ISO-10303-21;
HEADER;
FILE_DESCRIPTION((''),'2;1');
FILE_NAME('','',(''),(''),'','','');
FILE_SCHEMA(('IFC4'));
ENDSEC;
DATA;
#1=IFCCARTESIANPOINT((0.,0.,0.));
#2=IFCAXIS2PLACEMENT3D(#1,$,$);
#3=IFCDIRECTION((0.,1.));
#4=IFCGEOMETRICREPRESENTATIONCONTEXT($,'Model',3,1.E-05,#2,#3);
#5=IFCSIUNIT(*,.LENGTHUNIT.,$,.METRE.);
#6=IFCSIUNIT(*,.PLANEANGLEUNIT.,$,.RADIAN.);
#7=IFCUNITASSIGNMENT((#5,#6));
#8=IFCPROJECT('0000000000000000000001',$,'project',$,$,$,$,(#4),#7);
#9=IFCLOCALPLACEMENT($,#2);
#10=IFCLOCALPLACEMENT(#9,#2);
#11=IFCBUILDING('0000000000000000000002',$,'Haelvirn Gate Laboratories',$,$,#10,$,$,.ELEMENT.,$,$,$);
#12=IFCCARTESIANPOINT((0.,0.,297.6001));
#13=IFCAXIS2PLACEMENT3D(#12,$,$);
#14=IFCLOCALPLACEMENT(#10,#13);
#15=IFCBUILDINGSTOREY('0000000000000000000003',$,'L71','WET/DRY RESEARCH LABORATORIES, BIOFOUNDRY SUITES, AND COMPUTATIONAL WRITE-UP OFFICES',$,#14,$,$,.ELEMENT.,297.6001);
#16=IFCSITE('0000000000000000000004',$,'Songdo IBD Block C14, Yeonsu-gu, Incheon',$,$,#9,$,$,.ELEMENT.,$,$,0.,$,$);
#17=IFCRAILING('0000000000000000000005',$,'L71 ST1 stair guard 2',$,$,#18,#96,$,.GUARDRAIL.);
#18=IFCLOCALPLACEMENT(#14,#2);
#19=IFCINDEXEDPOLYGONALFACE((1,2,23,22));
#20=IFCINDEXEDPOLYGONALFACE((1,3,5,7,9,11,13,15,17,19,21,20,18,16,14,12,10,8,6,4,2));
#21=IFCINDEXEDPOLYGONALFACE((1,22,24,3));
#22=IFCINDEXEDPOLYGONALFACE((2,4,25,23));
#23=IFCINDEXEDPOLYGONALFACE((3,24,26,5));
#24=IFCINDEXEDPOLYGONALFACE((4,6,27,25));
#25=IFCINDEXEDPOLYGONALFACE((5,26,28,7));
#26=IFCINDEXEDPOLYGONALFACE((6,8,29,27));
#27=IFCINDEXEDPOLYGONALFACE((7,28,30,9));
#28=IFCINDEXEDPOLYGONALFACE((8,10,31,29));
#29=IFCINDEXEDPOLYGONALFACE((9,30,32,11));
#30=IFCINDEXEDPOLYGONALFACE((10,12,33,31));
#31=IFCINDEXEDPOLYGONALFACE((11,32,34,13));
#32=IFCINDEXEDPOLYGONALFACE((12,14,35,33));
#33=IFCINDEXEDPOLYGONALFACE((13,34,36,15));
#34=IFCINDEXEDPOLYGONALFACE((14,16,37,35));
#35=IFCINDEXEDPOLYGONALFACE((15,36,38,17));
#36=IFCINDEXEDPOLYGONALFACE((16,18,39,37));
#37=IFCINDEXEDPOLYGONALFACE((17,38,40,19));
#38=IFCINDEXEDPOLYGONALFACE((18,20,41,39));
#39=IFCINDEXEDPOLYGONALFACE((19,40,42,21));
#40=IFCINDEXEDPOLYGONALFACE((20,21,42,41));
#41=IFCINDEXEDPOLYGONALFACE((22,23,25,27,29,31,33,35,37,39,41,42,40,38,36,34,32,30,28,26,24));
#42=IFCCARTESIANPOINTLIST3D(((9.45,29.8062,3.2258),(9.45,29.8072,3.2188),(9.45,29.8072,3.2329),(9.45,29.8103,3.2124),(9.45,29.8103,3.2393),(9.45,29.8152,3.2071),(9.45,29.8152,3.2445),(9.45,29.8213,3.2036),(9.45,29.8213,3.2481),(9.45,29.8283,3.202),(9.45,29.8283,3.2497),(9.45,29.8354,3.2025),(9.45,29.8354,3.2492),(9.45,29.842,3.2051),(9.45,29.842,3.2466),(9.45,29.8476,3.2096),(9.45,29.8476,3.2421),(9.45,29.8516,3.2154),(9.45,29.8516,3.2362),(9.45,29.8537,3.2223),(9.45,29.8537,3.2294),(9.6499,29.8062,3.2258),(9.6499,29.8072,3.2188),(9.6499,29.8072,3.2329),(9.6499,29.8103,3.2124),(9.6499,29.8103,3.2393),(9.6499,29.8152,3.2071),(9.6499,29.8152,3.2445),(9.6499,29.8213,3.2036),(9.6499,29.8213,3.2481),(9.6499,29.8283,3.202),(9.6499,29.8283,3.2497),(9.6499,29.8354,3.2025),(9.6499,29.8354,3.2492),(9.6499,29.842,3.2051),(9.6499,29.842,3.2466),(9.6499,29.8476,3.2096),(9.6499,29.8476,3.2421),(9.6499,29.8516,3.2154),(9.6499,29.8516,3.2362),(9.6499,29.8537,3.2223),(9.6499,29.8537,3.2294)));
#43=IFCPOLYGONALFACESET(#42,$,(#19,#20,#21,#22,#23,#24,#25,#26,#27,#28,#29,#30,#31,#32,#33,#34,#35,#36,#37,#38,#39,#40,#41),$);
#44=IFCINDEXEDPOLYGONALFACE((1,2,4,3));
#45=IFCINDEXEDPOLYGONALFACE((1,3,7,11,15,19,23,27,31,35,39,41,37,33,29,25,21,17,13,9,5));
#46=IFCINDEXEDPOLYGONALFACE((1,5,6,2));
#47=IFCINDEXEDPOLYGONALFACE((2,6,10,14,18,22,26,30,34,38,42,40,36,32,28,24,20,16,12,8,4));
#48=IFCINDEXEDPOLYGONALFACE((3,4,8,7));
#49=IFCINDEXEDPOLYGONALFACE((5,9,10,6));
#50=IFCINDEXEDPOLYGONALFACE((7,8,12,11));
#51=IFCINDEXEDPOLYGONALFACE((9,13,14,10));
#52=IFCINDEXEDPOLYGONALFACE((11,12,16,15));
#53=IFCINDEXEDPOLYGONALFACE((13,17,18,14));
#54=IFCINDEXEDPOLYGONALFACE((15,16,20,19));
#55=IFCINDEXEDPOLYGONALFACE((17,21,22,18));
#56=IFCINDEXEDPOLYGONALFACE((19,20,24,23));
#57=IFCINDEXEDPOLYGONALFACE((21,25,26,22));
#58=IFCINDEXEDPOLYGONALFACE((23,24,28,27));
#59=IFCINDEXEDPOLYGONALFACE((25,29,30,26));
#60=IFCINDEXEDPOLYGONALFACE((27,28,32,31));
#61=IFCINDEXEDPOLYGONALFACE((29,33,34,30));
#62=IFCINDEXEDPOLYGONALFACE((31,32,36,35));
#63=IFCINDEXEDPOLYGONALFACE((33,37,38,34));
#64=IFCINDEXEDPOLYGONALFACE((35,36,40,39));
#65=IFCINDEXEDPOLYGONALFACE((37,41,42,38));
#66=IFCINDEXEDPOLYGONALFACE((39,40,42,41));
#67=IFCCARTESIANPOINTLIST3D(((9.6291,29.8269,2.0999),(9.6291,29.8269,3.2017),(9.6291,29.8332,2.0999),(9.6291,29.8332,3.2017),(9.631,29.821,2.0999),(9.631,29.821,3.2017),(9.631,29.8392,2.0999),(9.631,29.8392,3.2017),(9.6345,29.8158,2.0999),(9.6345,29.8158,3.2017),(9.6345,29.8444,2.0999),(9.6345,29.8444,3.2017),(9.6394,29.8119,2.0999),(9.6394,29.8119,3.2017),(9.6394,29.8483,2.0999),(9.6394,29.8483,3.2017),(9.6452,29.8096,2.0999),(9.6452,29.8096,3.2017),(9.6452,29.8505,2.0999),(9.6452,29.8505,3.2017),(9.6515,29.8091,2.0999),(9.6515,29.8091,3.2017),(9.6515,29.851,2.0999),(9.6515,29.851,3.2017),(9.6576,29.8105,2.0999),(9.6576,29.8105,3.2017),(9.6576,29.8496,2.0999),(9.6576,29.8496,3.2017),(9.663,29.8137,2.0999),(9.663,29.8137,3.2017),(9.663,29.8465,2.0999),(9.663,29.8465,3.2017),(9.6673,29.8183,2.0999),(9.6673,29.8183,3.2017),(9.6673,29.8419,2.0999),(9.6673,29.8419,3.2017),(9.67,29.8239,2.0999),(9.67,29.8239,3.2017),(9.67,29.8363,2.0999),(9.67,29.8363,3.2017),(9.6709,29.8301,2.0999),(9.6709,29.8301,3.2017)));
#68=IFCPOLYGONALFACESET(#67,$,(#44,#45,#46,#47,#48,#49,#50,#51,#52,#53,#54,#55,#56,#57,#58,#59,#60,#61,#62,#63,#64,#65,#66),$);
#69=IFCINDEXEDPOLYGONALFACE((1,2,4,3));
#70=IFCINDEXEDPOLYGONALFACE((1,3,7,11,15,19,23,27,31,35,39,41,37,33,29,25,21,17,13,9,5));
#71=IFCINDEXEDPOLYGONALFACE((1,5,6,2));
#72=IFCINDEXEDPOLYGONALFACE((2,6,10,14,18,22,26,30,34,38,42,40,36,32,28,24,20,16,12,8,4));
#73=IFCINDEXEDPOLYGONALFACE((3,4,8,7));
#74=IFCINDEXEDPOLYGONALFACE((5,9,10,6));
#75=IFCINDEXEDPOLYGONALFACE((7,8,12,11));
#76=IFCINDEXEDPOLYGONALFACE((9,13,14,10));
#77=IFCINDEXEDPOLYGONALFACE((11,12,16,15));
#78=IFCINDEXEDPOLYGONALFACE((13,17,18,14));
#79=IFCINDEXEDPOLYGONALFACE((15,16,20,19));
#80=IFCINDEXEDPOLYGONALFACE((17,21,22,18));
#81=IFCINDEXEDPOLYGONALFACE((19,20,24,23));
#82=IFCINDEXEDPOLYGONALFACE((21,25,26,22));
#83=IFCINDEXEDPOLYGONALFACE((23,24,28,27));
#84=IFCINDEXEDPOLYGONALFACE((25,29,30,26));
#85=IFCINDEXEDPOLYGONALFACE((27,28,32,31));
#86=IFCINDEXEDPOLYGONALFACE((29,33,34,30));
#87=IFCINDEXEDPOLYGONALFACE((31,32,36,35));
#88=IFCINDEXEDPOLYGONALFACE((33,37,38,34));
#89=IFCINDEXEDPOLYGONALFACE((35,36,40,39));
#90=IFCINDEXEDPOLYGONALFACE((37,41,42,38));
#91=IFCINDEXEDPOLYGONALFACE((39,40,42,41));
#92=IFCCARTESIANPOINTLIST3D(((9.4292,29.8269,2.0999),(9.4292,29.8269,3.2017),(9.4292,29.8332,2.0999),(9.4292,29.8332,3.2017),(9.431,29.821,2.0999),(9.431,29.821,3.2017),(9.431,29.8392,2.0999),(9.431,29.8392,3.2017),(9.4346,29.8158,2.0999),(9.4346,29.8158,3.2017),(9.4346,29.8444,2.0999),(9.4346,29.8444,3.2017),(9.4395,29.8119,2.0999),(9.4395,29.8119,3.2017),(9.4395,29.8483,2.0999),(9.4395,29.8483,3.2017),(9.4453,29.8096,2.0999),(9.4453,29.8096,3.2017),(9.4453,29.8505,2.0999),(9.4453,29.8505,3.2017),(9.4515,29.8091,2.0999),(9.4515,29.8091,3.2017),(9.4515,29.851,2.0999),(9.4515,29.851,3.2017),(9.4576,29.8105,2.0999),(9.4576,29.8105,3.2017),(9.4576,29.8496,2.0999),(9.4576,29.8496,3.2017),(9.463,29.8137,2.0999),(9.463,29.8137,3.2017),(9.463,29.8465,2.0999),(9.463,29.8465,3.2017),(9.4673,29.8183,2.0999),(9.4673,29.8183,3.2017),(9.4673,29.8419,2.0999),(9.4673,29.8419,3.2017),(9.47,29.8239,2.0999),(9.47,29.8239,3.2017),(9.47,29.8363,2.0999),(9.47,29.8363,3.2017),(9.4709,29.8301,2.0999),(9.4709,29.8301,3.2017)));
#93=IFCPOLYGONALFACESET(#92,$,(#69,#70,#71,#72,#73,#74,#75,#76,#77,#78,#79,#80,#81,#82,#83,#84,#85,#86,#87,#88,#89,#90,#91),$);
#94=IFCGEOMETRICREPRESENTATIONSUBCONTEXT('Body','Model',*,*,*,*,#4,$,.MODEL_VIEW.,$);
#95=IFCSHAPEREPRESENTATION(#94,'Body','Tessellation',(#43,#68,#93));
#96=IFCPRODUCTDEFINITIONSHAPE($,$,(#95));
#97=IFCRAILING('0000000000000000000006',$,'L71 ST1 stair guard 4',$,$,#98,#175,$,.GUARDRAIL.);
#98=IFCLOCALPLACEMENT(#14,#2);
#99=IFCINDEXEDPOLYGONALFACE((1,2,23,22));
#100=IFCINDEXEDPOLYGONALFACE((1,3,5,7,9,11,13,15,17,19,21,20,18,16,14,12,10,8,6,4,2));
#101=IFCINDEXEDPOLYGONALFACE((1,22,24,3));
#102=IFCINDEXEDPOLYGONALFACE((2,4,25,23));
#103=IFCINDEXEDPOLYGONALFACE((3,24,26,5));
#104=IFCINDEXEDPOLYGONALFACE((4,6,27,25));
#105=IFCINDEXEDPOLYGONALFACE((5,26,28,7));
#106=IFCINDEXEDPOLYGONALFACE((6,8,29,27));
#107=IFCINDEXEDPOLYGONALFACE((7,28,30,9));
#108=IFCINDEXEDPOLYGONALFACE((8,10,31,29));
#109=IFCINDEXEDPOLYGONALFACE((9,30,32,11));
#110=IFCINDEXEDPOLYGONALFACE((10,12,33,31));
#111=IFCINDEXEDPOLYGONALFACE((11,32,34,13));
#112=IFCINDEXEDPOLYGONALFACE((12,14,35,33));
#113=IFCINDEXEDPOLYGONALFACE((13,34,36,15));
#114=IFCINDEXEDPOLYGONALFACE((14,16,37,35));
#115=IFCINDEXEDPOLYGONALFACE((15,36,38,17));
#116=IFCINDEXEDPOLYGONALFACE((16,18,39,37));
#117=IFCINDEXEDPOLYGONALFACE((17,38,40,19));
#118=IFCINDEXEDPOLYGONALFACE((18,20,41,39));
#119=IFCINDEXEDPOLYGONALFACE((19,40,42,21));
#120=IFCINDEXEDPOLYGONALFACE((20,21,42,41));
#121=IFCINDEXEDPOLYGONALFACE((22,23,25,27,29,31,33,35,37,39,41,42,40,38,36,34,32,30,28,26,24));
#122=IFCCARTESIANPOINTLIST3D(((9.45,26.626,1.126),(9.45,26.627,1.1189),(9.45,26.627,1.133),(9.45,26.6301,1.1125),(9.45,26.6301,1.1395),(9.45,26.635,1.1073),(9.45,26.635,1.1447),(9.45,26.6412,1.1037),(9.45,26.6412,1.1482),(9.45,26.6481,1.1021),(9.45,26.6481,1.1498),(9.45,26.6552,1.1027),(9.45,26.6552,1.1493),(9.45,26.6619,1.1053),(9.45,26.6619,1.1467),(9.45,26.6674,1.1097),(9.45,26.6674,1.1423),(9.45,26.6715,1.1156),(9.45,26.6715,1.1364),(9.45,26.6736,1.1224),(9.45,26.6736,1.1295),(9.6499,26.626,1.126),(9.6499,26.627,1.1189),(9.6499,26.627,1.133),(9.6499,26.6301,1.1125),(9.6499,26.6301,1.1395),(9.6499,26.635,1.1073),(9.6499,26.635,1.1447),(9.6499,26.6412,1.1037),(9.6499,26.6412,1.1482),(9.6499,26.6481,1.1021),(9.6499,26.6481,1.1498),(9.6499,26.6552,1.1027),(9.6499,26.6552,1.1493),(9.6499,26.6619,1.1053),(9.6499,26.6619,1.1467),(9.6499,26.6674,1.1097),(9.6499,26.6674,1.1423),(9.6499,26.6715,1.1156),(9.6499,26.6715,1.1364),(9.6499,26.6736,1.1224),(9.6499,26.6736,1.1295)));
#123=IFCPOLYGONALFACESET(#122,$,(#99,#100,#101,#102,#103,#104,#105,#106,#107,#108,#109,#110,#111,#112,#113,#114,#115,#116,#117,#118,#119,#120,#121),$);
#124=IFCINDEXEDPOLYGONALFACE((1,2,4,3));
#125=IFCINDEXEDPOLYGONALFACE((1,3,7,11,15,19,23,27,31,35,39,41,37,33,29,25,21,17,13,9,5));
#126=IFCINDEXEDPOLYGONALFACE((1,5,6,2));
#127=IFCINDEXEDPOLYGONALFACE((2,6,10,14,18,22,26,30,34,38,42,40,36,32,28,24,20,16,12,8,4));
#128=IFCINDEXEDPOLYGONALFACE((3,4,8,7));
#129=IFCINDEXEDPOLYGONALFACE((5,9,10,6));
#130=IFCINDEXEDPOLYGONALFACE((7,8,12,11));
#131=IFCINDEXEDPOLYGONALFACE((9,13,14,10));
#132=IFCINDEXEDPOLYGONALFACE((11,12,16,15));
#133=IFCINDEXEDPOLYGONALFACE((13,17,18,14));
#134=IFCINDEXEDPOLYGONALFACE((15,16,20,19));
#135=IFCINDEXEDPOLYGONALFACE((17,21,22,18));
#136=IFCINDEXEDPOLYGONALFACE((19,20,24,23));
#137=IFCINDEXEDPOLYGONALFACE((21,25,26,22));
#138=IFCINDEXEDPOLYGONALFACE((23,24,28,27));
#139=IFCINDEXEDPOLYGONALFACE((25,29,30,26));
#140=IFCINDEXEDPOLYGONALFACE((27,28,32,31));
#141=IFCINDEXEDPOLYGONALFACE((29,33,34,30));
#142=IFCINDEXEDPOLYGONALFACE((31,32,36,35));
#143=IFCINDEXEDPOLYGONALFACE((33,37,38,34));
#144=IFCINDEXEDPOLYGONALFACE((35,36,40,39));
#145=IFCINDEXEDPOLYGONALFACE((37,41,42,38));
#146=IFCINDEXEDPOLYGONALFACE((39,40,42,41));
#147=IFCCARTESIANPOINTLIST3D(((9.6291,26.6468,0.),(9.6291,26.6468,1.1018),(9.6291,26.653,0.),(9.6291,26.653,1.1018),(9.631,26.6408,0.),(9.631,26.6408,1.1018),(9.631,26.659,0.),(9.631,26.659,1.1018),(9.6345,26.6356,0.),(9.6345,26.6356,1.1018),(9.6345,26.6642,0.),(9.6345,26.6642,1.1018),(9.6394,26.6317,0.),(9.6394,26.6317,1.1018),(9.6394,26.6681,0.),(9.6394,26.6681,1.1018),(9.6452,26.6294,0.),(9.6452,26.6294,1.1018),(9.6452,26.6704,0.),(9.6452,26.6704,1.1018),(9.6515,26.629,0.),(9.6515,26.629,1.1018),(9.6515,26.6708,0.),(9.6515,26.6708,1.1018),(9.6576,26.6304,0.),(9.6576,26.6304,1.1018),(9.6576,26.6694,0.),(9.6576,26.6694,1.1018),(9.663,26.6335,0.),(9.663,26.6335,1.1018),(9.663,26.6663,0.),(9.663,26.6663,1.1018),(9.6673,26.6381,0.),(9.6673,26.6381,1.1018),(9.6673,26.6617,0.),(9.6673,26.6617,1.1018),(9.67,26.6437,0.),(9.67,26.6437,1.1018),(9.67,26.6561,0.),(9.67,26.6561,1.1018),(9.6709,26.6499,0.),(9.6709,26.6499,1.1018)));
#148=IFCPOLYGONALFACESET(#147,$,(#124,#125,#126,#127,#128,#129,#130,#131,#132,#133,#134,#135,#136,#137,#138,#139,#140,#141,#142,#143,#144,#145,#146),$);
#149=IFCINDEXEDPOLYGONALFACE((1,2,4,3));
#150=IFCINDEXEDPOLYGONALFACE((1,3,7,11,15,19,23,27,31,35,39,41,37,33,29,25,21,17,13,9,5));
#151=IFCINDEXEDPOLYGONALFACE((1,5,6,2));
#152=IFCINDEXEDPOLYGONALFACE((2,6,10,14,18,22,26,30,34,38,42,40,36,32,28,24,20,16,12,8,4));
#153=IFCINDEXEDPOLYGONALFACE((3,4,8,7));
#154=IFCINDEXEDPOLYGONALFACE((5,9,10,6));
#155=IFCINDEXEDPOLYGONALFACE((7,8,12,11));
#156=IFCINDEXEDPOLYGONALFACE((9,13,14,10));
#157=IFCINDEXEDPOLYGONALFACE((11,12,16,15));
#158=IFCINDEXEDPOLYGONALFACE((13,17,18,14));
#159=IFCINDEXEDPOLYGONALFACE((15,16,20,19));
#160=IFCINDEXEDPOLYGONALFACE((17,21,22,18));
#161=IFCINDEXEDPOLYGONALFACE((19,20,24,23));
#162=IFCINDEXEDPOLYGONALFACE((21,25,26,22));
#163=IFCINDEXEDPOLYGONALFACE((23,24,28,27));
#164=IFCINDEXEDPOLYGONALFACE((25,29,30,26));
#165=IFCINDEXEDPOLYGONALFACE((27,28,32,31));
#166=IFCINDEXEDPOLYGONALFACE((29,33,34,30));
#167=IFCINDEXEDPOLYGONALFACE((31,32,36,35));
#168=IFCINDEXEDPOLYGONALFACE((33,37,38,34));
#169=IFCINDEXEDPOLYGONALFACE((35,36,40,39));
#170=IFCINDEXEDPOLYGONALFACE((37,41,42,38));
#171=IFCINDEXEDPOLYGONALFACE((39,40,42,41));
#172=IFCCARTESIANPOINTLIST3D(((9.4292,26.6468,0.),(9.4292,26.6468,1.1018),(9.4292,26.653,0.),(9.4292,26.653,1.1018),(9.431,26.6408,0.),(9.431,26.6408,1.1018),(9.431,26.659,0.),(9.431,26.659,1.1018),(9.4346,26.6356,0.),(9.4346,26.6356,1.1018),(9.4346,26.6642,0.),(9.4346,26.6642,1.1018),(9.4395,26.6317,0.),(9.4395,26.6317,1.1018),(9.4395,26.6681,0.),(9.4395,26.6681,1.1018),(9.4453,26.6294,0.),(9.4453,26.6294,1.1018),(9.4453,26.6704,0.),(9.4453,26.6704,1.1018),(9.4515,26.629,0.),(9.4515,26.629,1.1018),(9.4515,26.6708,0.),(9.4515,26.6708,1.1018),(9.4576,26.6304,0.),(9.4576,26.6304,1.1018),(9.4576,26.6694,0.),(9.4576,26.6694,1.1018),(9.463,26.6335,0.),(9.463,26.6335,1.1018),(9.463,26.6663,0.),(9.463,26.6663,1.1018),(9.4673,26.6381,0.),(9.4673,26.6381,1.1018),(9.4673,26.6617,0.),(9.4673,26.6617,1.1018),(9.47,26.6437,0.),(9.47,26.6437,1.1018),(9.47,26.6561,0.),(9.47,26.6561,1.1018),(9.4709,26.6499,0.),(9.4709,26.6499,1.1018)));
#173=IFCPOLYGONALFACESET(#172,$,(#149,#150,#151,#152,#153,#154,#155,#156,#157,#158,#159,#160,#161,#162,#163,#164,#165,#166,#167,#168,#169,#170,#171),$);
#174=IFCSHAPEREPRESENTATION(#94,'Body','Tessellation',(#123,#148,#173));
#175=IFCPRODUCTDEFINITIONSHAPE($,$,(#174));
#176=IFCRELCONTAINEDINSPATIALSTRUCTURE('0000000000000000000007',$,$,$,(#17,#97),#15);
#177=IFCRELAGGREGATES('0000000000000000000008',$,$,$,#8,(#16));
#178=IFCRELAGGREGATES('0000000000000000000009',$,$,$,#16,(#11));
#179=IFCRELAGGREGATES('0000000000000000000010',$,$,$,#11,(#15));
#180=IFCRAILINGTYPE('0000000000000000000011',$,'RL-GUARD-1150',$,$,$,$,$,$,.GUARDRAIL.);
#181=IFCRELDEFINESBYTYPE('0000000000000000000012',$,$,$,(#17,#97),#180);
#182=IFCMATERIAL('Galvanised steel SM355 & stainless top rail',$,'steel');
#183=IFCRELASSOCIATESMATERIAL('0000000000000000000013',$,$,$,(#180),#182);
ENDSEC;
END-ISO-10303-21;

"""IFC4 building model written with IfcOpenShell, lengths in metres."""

from ifc_helpers import new_model, si_unit, direction, frame, origin, origin_2d, place, context, subcontext, project, spatial, circle, extrude, source, transform, mapped, material, type_object, element, save


model = new_model("IFC4")

# Units and contexts
model_context = context("Model", 3, precision=1e-05, world=origin(), true_north=direction((0.0, 1.0)))
body_context = subcontext(model_context, "Body", "Model", "MODEL_VIEW")
ifc_project = project(units=[si_unit("LENGTHUNIT", "METRE"), si_unit("PLANEANGLEUNIT", "RADIAN")], contexts=[model_context])

# Site, building, storey
site_placement = place(None, origin())
site = spatial("IfcSite", under=ifc_project, at=site_placement, Name="Songdo IBD Block C14, Yeonsu-gu, Incheon", CompositionType="ELEMENT", RefElevation=0.0)
building_placement = place(site_placement, origin())
building = spatial("IfcBuilding", under=site, at=building_placement, Name="Haelvirn Gate Laboratories", CompositionType="ELEMENT")
storey_placement = place(building_placement, frame((0.0, 0.0, 297.6001)))
storey = spatial("IfcBuildingStorey", under=building, at=storey_placement, Name="L71", Description="WET/DRY RESEARCH LABORATORIES, BIOFOUNDRY SUITES, AND COMPUTATIONAL WRITE-UP OFFICES", CompositionType="ELEMENT", Elevation=297.6001)

# Railings
ifc_material_1 = material(Name="Galvanised steel SM355 & stainless top rail", Category="steel")
railing_type_1 = type_object("IfcRailingType", Name="RL-GUARD-1150", PredefinedType="GUARDRAIL", material=ifc_material_1)
shared_shape_1 = source(origin(), body_context, "Body", "SweptSolid", [
    extrude(circle(Radius=0.0239, at=origin_2d()), frame((0.0, 0.0, 1.126), z_axis=(-1.0, 0.0, 0.0), x_axis=(0.0, -1.0, 0.0)), (0.0, 0.0, 1.0), 0.2),
    extrude(circle(Radius=0.021, at=origin_2d()), origin(), (0.0, 0.0, 1.0), 1.1018),
    extrude(circle(Radius=0.021, at=origin_2d()), frame((-0.2, 0.0, 0.0)), (0.0, 0.0, 1.0), 1.1018),
])
for number, where, name in (
    (1, (9.6499, 29.8301, 2.0999), "L71 ST1 stair guard 2"),
    (2, (9.6499, 26.6499, 0.0), "L71 ST1 stair guard 4"),
):
    element("IfcRailing", number, at=place(storey_placement, frame(where)), inside=storey, type_object=railing_type_1, Name=name, PredefinedType="GUARDRAIL", context=body_context, shape_type="MappedRepresentation", body=[
        mapped(shared_shape_1, transform((0.0, 0.0, 0.0), scale=1.0)),
    ])

save(model, "model.ifc")
